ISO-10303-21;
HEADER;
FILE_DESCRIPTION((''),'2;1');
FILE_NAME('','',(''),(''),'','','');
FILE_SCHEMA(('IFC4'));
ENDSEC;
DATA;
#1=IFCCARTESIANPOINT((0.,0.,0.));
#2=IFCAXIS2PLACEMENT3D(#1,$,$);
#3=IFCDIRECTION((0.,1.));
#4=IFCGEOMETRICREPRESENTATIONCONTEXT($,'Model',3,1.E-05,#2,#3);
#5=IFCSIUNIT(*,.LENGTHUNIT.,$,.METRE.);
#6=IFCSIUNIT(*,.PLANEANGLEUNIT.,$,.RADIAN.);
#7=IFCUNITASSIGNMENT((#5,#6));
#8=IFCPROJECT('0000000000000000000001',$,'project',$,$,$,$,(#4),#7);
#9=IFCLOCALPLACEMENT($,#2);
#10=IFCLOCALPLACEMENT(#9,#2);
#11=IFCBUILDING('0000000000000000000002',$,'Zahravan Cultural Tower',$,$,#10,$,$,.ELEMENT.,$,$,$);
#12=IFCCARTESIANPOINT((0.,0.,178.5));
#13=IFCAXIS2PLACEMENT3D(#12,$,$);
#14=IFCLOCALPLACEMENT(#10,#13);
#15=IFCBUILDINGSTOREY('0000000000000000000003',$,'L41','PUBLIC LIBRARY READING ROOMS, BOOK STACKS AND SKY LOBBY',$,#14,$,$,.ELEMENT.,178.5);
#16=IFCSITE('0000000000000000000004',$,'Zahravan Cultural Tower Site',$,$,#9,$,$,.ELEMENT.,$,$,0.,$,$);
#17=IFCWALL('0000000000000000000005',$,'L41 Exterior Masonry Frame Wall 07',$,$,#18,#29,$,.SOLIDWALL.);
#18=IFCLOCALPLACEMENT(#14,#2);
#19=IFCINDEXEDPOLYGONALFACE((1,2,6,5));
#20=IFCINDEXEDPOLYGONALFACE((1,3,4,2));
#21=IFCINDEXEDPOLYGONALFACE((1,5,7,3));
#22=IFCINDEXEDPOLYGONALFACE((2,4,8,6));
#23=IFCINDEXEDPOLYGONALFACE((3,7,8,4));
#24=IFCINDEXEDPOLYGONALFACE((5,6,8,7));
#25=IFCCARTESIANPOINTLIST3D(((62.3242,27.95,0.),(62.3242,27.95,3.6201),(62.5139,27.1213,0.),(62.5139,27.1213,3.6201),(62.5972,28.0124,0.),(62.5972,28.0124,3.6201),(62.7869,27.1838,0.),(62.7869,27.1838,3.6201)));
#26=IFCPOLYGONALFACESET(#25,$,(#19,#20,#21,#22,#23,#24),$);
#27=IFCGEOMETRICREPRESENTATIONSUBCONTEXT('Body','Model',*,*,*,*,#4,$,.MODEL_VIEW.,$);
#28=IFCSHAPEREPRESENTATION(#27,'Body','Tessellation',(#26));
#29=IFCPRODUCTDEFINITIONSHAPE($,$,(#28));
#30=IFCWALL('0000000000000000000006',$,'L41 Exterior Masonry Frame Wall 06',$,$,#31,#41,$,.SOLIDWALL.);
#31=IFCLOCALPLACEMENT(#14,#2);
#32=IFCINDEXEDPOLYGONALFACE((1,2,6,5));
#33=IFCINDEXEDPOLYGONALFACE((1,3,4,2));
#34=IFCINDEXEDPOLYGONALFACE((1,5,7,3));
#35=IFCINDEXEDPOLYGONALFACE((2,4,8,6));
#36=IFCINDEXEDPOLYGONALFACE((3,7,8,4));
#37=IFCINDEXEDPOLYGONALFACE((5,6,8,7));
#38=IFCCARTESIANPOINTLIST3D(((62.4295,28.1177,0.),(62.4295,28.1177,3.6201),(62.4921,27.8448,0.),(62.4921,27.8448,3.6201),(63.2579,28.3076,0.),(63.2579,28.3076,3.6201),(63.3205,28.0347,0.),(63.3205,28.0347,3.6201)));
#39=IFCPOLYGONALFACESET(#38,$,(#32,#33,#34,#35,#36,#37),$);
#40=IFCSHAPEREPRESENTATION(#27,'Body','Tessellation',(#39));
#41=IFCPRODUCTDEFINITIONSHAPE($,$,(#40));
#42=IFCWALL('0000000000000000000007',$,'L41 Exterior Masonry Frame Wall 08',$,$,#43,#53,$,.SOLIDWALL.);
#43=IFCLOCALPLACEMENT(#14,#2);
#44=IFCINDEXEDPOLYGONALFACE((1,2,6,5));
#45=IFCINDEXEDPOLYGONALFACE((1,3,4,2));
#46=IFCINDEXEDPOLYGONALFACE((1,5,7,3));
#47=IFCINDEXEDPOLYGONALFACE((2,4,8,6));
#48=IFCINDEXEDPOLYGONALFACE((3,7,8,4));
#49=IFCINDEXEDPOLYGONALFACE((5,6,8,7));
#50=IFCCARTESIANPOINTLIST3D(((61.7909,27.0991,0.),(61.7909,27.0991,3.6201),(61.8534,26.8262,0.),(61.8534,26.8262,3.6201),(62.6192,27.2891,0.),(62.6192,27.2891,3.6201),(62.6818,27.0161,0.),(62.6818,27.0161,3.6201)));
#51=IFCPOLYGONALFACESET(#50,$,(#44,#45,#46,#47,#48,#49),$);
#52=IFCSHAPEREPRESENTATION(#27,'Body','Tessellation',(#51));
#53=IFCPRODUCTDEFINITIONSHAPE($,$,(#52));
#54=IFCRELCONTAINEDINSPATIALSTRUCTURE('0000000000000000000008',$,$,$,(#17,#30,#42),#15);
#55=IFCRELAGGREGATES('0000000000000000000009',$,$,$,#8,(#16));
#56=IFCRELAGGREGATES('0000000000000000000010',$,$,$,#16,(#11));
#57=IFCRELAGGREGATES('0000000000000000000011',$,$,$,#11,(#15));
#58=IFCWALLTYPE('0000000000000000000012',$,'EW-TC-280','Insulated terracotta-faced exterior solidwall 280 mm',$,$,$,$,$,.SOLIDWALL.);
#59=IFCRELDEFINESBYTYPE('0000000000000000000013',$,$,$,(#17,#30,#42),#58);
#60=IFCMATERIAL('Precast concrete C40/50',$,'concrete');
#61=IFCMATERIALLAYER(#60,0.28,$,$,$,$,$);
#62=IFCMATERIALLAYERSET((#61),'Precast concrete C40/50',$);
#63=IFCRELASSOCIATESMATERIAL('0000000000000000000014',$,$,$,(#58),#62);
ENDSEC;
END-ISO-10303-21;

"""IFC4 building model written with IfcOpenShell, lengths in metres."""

from ifc_helpers import new_model, si_unit, direction, frame, frame_2d, origin, place, context, subcontext, project, spatial, rectangle, extrude, source, transform, mapped, material, layer, layer_set, type_object, element, save


model = new_model("IFC4")

# Units and contexts
model_context = context("Model", 3, precision=1e-05, world=origin(), true_north=direction((0.0, 1.0)))
body_context = subcontext(model_context, "Body", "Model", "MODEL_VIEW")
ifc_project = project(units=[si_unit("LENGTHUNIT", "METRE"), si_unit("PLANEANGLEUNIT", "RADIAN")], contexts=[model_context])

# Site, building, storey
site_placement = place(None, origin())
site = spatial("IfcSite", under=ifc_project, at=site_placement, Name="Zahravan Cultural Tower Site", CompositionType="ELEMENT", RefElevation=0.0)
building_placement = place(site_placement, origin())
building = spatial("IfcBuilding", under=site, at=building_placement, Name="Zahravan Cultural Tower", CompositionType="ELEMENT")
storey_placement = place(building_placement, frame((0.0, 0.0, 178.5)))
storey = spatial("IfcBuildingStorey", under=building, at=storey_placement, Name="L41", Description="PUBLIC LIBRARY READING ROOMS, BOOK STACKS AND SKY LOBBY", CompositionType="ELEMENT", Elevation=178.5)

# Walls
ifc_material_1 = material(Name="Precast concrete C40/50", Category="concrete")
ifc_layer_1 = layer(ifc_material_1, 0.28)
ifc_layer_set_1 = layer_set([ifc_layer_1], Name="Precast concrete C40/50")
wall_type_1 = type_object("IfcWallType", Name="EW-TC-280", Description="Insulated terracotta-faced exterior solidwall 280 mm", PredefinedType="SOLIDWALL", material=ifc_layer_set_1)
shared_shape_1 = source(origin(), body_context, "Body", "SweptSolid", [
    extrude(rectangle(XDim=0.8501, YDim=0.28, at=frame_2d((0.425, 0.0))), origin(), (0.0, 0.0, 1.0), 3.6201),
])
wall_1_placement = place(storey_placement, frame((62.4607, 27.9812, 0.0), z_axis=(0.0, 0.0, 1.0), x_axis=(0.22316, -0.974782, 0.0)))
element("IfcWall", 1, at=wall_1_placement, inside=storey, type_object=wall_type_1, Name="L41 Exterior Masonry Frame Wall 07", PredefinedType="SOLIDWALL", context=body_context, shape_type="MappedRepresentation", body=[
    mapped(shared_shape_1, transform((0.0, 0.0, 0.0), x_axis=(1.0, 0.0, 0.0), y_axis=(0.0, 1.0, 0.0), z_axis=(0.0, 0.0, 1.0), scale=1.0)),
])
shared_shape_2 = source(origin(), body_context, "Body", "SweptSolid", [
    extrude(rectangle(XDim=0.8499, YDim=0.28, at=frame_2d((0.4248, 0.0))), origin(), (0.0, 0.0, 1.0), 3.6201),
])
for number, where, z_axis, x_axis, name in (
    (2, (63.2891, 28.1711, 0.0), (0.0, 0.0, 1.0), (-0.974705, -0.223496, 0.0), "L41 Exterior Masonry Frame Wall 06"),
    (3, (62.6504, 27.1526, 0.0), (0.0, 0.0, 1.0), (-0.974705, -0.223496, 0.0), "L41 Exterior Masonry Frame Wall 08"),
):
    element("IfcWall", number, at=place(storey_placement, frame(where, z_axis=z_axis, x_axis=x_axis)), inside=storey, type_object=wall_type_1, Name=name, PredefinedType="SOLIDWALL", context=body_context, shape_type="MappedRepresentation", body=[
        mapped(shared_shape_2, transform((0.0, 0.0, 0.0), x_axis=(1.0, 0.0, 0.0), y_axis=(0.0, 1.0, 0.0), z_axis=(0.0, 0.0, 1.0), scale=1.0)),
    ])

save(model, "model.ifc")
